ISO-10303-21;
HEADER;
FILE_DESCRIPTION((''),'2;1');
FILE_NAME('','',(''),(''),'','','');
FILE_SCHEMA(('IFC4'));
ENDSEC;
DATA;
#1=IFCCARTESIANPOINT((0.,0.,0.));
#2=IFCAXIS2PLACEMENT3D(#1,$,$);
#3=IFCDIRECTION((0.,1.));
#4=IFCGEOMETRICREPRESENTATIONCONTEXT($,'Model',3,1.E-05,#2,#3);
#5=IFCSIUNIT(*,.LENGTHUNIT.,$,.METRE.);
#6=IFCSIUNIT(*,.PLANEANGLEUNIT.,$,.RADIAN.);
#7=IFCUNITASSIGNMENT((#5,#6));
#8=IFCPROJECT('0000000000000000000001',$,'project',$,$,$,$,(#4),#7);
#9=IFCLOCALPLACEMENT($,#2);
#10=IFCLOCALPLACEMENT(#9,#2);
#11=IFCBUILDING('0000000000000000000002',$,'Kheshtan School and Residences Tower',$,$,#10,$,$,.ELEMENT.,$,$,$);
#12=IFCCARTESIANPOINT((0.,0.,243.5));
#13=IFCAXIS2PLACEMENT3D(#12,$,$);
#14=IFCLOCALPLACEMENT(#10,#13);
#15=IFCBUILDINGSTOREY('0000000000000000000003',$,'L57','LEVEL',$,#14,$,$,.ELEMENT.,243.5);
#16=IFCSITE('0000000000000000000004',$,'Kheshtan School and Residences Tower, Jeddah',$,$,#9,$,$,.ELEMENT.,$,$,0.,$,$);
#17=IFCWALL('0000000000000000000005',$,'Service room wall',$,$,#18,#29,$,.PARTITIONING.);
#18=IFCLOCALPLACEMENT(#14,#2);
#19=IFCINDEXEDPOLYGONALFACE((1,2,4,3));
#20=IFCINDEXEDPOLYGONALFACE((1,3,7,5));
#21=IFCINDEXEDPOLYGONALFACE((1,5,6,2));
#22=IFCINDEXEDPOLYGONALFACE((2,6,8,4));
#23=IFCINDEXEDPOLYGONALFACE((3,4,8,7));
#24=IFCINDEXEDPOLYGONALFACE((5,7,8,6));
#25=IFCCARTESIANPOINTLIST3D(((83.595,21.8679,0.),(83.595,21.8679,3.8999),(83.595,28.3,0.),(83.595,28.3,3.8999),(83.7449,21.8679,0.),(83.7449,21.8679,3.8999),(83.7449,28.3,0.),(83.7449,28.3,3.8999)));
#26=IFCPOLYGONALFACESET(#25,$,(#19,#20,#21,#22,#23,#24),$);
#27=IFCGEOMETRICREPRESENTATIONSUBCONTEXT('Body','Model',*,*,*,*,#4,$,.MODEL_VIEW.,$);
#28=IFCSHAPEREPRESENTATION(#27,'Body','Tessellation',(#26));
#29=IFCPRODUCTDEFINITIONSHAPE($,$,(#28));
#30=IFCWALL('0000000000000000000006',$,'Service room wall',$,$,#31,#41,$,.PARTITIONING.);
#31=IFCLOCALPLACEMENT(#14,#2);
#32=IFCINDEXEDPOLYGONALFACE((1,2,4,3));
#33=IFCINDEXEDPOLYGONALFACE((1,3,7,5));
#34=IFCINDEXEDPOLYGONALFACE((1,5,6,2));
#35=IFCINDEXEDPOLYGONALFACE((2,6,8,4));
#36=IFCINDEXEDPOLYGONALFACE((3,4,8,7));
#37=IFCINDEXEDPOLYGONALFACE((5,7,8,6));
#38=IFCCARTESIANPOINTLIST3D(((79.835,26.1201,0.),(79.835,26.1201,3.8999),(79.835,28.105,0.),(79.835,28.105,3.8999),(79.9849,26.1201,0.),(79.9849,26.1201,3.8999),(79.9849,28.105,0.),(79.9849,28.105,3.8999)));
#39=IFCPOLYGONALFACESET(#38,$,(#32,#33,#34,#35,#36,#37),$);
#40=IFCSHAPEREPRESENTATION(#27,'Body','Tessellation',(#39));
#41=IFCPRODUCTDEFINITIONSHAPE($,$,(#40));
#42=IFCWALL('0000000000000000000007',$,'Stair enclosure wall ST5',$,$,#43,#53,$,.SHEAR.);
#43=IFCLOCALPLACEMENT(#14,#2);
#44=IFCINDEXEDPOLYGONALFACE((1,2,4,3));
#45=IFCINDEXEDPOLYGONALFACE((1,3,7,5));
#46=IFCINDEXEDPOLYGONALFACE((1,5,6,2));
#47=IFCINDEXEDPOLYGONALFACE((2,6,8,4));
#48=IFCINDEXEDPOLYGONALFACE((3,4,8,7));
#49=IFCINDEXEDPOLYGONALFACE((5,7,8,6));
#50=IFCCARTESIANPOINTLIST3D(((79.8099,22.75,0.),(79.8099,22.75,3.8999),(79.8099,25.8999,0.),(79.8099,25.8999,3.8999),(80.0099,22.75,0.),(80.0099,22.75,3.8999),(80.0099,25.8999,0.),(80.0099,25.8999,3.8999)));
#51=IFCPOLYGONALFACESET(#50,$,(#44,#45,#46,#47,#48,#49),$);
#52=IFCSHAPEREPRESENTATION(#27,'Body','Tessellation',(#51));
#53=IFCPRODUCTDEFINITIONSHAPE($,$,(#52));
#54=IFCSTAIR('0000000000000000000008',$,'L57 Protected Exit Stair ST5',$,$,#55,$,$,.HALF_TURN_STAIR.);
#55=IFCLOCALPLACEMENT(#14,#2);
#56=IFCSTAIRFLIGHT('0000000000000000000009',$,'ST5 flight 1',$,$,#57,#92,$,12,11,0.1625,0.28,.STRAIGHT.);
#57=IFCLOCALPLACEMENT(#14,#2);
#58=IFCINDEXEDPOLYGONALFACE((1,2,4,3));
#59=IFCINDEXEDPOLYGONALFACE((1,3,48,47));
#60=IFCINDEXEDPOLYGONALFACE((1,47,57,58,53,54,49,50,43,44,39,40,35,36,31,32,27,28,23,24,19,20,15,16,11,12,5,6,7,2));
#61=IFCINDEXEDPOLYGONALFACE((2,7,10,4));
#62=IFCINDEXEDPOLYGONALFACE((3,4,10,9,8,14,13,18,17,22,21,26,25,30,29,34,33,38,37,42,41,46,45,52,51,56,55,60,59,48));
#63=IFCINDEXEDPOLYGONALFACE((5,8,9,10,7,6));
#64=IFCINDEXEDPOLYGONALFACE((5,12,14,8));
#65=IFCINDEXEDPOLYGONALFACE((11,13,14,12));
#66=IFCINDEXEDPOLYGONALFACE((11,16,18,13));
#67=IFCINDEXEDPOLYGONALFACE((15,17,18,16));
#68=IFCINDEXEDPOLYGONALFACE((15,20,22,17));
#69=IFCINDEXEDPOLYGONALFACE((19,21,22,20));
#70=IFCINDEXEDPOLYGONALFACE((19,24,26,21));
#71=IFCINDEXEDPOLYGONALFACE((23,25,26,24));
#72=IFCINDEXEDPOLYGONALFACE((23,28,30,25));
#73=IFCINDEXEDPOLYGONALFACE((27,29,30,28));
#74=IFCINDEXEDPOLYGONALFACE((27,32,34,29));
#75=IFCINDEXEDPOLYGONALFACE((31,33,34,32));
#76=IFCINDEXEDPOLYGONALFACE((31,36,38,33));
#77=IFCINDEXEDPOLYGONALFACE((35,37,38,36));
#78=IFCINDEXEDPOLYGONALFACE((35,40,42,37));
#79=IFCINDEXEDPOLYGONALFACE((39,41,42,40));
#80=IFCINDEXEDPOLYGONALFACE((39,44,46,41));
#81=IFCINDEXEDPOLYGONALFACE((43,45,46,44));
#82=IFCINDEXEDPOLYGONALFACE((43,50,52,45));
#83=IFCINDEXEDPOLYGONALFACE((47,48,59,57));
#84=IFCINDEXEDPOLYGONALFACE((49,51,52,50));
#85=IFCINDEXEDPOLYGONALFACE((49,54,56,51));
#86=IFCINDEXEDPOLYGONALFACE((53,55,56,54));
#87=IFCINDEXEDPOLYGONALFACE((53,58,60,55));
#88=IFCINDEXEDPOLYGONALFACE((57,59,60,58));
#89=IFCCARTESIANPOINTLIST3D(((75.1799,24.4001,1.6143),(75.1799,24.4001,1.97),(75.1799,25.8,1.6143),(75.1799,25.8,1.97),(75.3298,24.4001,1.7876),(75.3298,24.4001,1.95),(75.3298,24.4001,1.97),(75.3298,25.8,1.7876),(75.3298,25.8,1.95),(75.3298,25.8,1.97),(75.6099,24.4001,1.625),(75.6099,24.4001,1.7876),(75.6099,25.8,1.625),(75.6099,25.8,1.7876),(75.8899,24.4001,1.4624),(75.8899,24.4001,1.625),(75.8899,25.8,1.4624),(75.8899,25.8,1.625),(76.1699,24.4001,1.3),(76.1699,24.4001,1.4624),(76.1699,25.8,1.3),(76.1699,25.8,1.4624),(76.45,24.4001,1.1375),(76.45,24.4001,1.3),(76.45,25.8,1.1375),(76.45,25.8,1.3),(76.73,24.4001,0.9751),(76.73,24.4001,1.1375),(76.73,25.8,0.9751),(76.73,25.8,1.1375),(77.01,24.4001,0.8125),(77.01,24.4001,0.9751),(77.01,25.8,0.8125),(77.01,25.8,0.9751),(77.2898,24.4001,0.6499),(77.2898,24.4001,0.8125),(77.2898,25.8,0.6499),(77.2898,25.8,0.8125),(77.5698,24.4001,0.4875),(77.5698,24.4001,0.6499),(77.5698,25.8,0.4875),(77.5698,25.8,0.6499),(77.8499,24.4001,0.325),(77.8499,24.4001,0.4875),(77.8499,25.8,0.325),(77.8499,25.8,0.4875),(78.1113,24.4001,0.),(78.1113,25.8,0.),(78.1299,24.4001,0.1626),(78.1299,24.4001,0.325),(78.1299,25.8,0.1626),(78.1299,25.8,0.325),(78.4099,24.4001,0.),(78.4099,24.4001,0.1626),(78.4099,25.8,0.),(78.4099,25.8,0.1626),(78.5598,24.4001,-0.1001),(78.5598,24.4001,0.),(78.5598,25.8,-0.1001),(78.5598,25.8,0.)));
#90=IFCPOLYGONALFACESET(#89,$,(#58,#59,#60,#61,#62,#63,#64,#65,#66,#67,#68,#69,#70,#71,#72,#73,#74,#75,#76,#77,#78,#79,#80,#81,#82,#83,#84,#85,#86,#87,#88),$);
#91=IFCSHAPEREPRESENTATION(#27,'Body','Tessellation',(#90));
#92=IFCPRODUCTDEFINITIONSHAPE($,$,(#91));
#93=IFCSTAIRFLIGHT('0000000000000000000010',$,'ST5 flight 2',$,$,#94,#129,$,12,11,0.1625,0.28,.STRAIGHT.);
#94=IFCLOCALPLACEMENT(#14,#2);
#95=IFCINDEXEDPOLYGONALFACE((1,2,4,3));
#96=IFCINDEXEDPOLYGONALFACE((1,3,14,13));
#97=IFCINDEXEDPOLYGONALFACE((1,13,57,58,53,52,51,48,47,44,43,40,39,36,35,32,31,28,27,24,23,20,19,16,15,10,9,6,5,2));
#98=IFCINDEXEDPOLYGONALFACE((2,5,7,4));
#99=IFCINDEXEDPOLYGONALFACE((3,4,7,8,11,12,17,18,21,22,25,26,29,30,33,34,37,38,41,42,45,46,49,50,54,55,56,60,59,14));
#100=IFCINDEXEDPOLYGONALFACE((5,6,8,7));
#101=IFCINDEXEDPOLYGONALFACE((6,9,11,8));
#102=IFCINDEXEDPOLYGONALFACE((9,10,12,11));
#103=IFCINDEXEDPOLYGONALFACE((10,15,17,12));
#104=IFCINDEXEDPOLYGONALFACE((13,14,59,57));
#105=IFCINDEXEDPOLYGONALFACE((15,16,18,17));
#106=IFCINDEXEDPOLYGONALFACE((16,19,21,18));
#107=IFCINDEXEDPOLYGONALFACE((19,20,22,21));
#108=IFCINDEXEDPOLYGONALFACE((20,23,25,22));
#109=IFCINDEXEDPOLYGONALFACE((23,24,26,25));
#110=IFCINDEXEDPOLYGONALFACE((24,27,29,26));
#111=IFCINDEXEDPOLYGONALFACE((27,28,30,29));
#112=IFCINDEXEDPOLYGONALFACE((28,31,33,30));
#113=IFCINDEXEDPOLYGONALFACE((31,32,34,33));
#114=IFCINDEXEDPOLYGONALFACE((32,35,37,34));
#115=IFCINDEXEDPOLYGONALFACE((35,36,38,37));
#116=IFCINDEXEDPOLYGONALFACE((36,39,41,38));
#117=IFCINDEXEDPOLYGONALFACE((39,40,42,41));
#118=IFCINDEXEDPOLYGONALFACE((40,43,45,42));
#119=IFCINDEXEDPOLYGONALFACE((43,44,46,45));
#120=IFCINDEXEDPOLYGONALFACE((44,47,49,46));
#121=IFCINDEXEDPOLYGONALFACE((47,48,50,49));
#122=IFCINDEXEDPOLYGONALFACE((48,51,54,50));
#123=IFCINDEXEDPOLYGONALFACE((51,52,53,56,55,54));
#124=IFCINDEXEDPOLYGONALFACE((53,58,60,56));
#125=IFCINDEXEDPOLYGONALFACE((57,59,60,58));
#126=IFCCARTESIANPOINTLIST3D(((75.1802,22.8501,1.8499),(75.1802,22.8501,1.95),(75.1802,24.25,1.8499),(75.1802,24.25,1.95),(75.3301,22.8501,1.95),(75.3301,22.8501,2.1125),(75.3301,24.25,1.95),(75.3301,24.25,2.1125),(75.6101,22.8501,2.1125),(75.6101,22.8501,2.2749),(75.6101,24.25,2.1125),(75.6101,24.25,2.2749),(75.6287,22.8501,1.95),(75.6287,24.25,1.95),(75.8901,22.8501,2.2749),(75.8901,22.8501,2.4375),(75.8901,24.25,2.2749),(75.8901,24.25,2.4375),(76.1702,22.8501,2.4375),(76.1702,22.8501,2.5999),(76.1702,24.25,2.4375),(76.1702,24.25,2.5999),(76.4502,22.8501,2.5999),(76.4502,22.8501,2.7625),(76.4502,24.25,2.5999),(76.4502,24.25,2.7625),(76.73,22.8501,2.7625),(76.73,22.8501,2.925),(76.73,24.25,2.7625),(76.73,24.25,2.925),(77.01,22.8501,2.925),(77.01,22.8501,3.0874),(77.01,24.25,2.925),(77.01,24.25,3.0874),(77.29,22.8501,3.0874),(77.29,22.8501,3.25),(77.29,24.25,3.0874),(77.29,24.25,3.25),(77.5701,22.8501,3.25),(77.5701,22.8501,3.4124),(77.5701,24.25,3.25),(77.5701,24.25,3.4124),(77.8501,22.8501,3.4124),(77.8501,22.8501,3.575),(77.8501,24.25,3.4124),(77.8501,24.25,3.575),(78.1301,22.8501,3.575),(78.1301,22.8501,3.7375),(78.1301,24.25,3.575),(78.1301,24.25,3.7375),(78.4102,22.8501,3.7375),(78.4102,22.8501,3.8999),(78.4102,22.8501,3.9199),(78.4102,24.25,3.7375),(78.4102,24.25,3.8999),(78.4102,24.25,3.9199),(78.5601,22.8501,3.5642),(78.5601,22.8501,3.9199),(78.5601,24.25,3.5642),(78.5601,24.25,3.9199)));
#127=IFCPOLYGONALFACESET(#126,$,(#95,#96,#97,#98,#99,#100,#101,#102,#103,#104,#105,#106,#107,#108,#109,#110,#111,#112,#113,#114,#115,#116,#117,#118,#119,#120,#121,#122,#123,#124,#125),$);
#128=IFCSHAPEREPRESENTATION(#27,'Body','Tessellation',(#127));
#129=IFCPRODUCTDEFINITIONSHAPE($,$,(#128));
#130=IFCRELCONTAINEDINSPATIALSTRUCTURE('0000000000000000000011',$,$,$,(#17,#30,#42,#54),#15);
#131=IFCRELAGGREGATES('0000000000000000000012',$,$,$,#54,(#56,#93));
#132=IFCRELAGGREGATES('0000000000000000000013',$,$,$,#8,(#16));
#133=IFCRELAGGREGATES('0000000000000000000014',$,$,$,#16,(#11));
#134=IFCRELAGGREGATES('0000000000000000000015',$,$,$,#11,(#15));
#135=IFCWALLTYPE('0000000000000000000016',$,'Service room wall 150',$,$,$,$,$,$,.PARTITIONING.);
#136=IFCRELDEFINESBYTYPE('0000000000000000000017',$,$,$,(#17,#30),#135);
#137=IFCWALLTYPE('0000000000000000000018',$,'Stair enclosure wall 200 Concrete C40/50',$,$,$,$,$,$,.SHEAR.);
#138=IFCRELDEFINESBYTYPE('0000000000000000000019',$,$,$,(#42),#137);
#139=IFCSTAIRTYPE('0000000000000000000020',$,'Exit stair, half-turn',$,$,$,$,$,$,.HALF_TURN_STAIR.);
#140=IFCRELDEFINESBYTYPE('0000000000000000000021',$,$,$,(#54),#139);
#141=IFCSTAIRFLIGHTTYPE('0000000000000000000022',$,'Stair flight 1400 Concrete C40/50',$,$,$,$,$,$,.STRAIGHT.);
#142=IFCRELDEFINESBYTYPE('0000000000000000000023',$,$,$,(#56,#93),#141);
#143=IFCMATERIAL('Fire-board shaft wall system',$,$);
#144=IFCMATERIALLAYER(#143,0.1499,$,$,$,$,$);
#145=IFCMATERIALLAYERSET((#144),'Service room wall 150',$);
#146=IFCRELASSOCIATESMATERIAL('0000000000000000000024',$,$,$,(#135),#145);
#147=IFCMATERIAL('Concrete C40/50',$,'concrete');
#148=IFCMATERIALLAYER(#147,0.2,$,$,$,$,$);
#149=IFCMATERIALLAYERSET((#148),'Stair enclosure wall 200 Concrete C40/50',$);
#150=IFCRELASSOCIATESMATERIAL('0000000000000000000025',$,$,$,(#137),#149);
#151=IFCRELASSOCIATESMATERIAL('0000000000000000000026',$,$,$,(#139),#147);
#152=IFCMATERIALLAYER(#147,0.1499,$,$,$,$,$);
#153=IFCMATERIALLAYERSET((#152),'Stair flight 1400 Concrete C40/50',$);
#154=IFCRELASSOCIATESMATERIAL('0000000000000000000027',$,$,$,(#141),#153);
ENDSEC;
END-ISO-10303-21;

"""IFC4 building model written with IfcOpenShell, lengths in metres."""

from ifc_helpers import new_model, si_unit, direction, frame, frame_2d, origin, place, context, subcontext, project, spatial, polyline, rectangle, outline, extrude, material, layer, layer_set, type_object, element, aggregate, save


model = new_model("IFC4")

# Units and contexts
model_context = context("Model", 3, precision=1e-05, world=origin(), true_north=direction((0.0, 1.0)))
body_context = subcontext(model_context, "Body", "Model", "MODEL_VIEW")
ifc_project = project(units=[si_unit("LENGTHUNIT", "METRE"), si_unit("PLANEANGLEUNIT", "RADIAN")], contexts=[model_context])

# Site, building, storey
site_placement = place(None, origin())
site = spatial("IfcSite", under=ifc_project, at=site_placement, Name="Kheshtan School and Residences Tower, Jeddah", CompositionType="ELEMENT", RefElevation=0.0)
building_placement = place(site_placement, origin())
building = spatial("IfcBuilding", under=site, at=building_placement, Name="Kheshtan School and Residences Tower", CompositionType="ELEMENT")
storey_placement = place(building_placement, frame((0.0, 0.0, 243.5)))
storey = spatial("IfcBuildingStorey", under=building, at=storey_placement, Name="L57", Description="LEVEL", CompositionType="ELEMENT", Elevation=243.5)

# Walls
ifc_material_1 = material(Name="Fire-board shaft wall system")
ifc_layer_1 = layer(ifc_material_1, 0.1499)
ifc_layer_set_1 = layer_set([ifc_layer_1], Name="Service room wall 150")
wall_type_1 = type_object("IfcWallType", Name="Service room wall 150", PredefinedType="PARTITIONING", material=ifc_layer_set_1)
wall_1_placement = place(storey_placement, frame((83.6699, 21.8679, 0.0), z_axis=(0.0, 0.0, 1.0), x_axis=(0.0, 1.0, 0.0)))
element("IfcWall", 1, at=wall_1_placement, inside=storey, type_object=wall_type_1, Name="Service room wall", PredefinedType="PARTITIONING", context=body_context, shape_type="SweptSolid", body=[
    extrude(rectangle(XDim=6.4321, YDim=0.1499, at=frame_2d((3.2161, 0.0))), origin(), (0.0, 0.0, 1.0), 3.8999),
])
wall_2_placement = place(storey_placement, frame((79.9099, 26.1201, 0.0), z_axis=(0.0, 0.0, 1.0), x_axis=(0.0, 1.0, 0.0)))
element("IfcWall", 2, at=wall_2_placement, inside=storey, type_object=wall_type_1, Name="Service room wall", PredefinedType="PARTITIONING", context=body_context, shape_type="SweptSolid", body=[
    extrude(rectangle(XDim=1.9849, YDim=0.1499, at=frame_2d((0.9924, 0.0))), origin(), (0.0, 0.0, 1.0), 3.8999),
])
ifc_material_2 = material(Name="Concrete C40/50", Category="concrete")
ifc_layer_2 = layer(ifc_material_2, 0.2)
ifc_layer_set_2 = layer_set([ifc_layer_2], Name="Stair enclosure wall 200 Concrete C40/50")
wall_type_2 = type_object("IfcWallType", Name="Stair enclosure wall 200 Concrete C40/50", PredefinedType="SHEAR", material=ifc_layer_set_2)
wall_3_placement = place(storey_placement, frame((79.9099, 22.75, 0.0), z_axis=(0.0, 0.0, 1.0), x_axis=(0.0, 1.0, 0.0)))
element("IfcWall", 3, at=wall_3_placement, inside=storey, type_object=wall_type_2, Name="Stair enclosure wall ST5", PredefinedType="SHEAR", context=body_context, shape_type="SweptSolid", body=[
    extrude(rectangle(XDim=3.1499, YDim=0.2, at=frame_2d((1.575, 0.0))), origin(), (0.0, 0.0, 1.0), 3.8999),
])

# Stair, stair flights
stair_type = type_object("IfcStairType", Name="Exit stair, half-turn", PredefinedType="HALF_TURN_STAIR", material=ifc_material_2)
stair_placement = place(storey_placement, origin())
stair = element("IfcStair", 4, at=stair_placement, inside=storey, type_object=stair_type, Name="L57 Protected Exit Stair ST5", PredefinedType="HALF_TURN_STAIR")
ifc_layer_3 = layer(ifc_material_2, 0.1499)
ifc_layer_set_3 = layer_set([ifc_layer_3], Name="Stair flight 1400 Concrete C40/50")
stair_flight_type = type_object("IfcStairFlightType", Name="Stair flight 1400 Concrete C40/50", PredefinedType="STRAIGHT", material=ifc_layer_set_3)
stair_flight_1_placement = place(storey_placement, frame((78.4099, 25.1001, 0.0), z_axis=(0.0, 0.0, 1.0), x_axis=(-1.0, 0.0, 0.0)))
stair_flight_1 = element("IfcStairFlight", 5, at=stair_flight_1_placement, type_object=stair_flight_type, Name="ST5 flight 1", NumberOfRisers=12, NumberOfTreads=11, PredefinedType="STRAIGHT", RiserHeight=0.1625, TreadLength=0.28, context=body_context, shape_type="SweptSolid", body=[
    extrude(outline(polyline([(-0.1499, -0.1001), (-0.1499, 0.0), (0.0, 0.0), (0.0, 0.1626), (0.28, 0.1626), (0.28, 0.325), (0.5601, 0.325), (0.5601, 0.4875), (0.8401, 0.4875), (0.8401, 0.6499), (1.1201, 0.6499), (1.1201, 0.8125), (1.3999, 0.8125), (1.3999, 0.9751), (1.6799, 0.9751), (1.6799, 1.1375), (1.96, 1.1375), (1.96, 1.3), (2.24, 1.3), (2.24, 1.4624), (2.52, 1.4624), (2.52, 1.625), (2.8, 1.625), (2.8, 1.7876), (3.0801, 1.7876), (3.0801, 1.95), (3.0801, 1.97), (3.23, 1.97), (3.23, 1.6143), (0.2986, 0.0), (-0.1499, -0.1001)])), frame((0.0, 0.7, 0.0), z_axis=(0.0, -1.0, 0.0), x_axis=(1.0, 0.0, 0.0)), (0.0, 0.0, 1.0), 1.3999),
])
stair_flight_2_placement = place(storey_placement, frame((75.3301, 23.55, 1.95), z_axis=(0.0, 0.0, 1.0), x_axis=(1.0, 0.0, 0.0)))
stair_flight_2 = element("IfcStairFlight", 6, at=stair_flight_2_placement, type_object=stair_flight_type, Name="ST5 flight 2", NumberOfRisers=12, NumberOfTreads=11, PredefinedType="STRAIGHT", RiserHeight=0.1625, TreadLength=0.28, context=body_context, shape_type="SweptSolid", body=[
    extrude(outline(polyline([(-0.1499, -0.1001), (-0.1499, 0.0), (0.0, 0.0), (0.0, 0.1626), (0.28, 0.1626), (0.28, 0.325), (0.5601, 0.325), (0.5601, 0.4875), (0.8401, 0.4875), (0.8401, 0.6499), (1.1201, 0.6499), (1.1201, 0.8125), (1.3999, 0.8125), (1.3999, 0.9751), (1.6799, 0.9751), (1.6799, 1.1375), (1.96, 1.1375), (1.96, 1.3), (2.24, 1.3), (2.24, 1.4624), (2.52, 1.4624), (2.52, 1.625), (2.8, 1.625), (2.8, 1.7876), (3.0801, 1.7876), (3.0801, 1.95), (3.0801, 1.97), (3.23, 1.97), (3.23, 1.6143), (0.2986, 0.0), (-0.1499, -0.1001)])), frame((0.0, 0.7, 0.0), z_axis=(0.0, -1.0, 0.0), x_axis=(1.0, 0.0, 0.0)), (0.0, 0.0, 1.0), 1.3999),
])
aggregate(stair, [stair_flight_1, stair_flight_2])

save(model, "model.ifc")
